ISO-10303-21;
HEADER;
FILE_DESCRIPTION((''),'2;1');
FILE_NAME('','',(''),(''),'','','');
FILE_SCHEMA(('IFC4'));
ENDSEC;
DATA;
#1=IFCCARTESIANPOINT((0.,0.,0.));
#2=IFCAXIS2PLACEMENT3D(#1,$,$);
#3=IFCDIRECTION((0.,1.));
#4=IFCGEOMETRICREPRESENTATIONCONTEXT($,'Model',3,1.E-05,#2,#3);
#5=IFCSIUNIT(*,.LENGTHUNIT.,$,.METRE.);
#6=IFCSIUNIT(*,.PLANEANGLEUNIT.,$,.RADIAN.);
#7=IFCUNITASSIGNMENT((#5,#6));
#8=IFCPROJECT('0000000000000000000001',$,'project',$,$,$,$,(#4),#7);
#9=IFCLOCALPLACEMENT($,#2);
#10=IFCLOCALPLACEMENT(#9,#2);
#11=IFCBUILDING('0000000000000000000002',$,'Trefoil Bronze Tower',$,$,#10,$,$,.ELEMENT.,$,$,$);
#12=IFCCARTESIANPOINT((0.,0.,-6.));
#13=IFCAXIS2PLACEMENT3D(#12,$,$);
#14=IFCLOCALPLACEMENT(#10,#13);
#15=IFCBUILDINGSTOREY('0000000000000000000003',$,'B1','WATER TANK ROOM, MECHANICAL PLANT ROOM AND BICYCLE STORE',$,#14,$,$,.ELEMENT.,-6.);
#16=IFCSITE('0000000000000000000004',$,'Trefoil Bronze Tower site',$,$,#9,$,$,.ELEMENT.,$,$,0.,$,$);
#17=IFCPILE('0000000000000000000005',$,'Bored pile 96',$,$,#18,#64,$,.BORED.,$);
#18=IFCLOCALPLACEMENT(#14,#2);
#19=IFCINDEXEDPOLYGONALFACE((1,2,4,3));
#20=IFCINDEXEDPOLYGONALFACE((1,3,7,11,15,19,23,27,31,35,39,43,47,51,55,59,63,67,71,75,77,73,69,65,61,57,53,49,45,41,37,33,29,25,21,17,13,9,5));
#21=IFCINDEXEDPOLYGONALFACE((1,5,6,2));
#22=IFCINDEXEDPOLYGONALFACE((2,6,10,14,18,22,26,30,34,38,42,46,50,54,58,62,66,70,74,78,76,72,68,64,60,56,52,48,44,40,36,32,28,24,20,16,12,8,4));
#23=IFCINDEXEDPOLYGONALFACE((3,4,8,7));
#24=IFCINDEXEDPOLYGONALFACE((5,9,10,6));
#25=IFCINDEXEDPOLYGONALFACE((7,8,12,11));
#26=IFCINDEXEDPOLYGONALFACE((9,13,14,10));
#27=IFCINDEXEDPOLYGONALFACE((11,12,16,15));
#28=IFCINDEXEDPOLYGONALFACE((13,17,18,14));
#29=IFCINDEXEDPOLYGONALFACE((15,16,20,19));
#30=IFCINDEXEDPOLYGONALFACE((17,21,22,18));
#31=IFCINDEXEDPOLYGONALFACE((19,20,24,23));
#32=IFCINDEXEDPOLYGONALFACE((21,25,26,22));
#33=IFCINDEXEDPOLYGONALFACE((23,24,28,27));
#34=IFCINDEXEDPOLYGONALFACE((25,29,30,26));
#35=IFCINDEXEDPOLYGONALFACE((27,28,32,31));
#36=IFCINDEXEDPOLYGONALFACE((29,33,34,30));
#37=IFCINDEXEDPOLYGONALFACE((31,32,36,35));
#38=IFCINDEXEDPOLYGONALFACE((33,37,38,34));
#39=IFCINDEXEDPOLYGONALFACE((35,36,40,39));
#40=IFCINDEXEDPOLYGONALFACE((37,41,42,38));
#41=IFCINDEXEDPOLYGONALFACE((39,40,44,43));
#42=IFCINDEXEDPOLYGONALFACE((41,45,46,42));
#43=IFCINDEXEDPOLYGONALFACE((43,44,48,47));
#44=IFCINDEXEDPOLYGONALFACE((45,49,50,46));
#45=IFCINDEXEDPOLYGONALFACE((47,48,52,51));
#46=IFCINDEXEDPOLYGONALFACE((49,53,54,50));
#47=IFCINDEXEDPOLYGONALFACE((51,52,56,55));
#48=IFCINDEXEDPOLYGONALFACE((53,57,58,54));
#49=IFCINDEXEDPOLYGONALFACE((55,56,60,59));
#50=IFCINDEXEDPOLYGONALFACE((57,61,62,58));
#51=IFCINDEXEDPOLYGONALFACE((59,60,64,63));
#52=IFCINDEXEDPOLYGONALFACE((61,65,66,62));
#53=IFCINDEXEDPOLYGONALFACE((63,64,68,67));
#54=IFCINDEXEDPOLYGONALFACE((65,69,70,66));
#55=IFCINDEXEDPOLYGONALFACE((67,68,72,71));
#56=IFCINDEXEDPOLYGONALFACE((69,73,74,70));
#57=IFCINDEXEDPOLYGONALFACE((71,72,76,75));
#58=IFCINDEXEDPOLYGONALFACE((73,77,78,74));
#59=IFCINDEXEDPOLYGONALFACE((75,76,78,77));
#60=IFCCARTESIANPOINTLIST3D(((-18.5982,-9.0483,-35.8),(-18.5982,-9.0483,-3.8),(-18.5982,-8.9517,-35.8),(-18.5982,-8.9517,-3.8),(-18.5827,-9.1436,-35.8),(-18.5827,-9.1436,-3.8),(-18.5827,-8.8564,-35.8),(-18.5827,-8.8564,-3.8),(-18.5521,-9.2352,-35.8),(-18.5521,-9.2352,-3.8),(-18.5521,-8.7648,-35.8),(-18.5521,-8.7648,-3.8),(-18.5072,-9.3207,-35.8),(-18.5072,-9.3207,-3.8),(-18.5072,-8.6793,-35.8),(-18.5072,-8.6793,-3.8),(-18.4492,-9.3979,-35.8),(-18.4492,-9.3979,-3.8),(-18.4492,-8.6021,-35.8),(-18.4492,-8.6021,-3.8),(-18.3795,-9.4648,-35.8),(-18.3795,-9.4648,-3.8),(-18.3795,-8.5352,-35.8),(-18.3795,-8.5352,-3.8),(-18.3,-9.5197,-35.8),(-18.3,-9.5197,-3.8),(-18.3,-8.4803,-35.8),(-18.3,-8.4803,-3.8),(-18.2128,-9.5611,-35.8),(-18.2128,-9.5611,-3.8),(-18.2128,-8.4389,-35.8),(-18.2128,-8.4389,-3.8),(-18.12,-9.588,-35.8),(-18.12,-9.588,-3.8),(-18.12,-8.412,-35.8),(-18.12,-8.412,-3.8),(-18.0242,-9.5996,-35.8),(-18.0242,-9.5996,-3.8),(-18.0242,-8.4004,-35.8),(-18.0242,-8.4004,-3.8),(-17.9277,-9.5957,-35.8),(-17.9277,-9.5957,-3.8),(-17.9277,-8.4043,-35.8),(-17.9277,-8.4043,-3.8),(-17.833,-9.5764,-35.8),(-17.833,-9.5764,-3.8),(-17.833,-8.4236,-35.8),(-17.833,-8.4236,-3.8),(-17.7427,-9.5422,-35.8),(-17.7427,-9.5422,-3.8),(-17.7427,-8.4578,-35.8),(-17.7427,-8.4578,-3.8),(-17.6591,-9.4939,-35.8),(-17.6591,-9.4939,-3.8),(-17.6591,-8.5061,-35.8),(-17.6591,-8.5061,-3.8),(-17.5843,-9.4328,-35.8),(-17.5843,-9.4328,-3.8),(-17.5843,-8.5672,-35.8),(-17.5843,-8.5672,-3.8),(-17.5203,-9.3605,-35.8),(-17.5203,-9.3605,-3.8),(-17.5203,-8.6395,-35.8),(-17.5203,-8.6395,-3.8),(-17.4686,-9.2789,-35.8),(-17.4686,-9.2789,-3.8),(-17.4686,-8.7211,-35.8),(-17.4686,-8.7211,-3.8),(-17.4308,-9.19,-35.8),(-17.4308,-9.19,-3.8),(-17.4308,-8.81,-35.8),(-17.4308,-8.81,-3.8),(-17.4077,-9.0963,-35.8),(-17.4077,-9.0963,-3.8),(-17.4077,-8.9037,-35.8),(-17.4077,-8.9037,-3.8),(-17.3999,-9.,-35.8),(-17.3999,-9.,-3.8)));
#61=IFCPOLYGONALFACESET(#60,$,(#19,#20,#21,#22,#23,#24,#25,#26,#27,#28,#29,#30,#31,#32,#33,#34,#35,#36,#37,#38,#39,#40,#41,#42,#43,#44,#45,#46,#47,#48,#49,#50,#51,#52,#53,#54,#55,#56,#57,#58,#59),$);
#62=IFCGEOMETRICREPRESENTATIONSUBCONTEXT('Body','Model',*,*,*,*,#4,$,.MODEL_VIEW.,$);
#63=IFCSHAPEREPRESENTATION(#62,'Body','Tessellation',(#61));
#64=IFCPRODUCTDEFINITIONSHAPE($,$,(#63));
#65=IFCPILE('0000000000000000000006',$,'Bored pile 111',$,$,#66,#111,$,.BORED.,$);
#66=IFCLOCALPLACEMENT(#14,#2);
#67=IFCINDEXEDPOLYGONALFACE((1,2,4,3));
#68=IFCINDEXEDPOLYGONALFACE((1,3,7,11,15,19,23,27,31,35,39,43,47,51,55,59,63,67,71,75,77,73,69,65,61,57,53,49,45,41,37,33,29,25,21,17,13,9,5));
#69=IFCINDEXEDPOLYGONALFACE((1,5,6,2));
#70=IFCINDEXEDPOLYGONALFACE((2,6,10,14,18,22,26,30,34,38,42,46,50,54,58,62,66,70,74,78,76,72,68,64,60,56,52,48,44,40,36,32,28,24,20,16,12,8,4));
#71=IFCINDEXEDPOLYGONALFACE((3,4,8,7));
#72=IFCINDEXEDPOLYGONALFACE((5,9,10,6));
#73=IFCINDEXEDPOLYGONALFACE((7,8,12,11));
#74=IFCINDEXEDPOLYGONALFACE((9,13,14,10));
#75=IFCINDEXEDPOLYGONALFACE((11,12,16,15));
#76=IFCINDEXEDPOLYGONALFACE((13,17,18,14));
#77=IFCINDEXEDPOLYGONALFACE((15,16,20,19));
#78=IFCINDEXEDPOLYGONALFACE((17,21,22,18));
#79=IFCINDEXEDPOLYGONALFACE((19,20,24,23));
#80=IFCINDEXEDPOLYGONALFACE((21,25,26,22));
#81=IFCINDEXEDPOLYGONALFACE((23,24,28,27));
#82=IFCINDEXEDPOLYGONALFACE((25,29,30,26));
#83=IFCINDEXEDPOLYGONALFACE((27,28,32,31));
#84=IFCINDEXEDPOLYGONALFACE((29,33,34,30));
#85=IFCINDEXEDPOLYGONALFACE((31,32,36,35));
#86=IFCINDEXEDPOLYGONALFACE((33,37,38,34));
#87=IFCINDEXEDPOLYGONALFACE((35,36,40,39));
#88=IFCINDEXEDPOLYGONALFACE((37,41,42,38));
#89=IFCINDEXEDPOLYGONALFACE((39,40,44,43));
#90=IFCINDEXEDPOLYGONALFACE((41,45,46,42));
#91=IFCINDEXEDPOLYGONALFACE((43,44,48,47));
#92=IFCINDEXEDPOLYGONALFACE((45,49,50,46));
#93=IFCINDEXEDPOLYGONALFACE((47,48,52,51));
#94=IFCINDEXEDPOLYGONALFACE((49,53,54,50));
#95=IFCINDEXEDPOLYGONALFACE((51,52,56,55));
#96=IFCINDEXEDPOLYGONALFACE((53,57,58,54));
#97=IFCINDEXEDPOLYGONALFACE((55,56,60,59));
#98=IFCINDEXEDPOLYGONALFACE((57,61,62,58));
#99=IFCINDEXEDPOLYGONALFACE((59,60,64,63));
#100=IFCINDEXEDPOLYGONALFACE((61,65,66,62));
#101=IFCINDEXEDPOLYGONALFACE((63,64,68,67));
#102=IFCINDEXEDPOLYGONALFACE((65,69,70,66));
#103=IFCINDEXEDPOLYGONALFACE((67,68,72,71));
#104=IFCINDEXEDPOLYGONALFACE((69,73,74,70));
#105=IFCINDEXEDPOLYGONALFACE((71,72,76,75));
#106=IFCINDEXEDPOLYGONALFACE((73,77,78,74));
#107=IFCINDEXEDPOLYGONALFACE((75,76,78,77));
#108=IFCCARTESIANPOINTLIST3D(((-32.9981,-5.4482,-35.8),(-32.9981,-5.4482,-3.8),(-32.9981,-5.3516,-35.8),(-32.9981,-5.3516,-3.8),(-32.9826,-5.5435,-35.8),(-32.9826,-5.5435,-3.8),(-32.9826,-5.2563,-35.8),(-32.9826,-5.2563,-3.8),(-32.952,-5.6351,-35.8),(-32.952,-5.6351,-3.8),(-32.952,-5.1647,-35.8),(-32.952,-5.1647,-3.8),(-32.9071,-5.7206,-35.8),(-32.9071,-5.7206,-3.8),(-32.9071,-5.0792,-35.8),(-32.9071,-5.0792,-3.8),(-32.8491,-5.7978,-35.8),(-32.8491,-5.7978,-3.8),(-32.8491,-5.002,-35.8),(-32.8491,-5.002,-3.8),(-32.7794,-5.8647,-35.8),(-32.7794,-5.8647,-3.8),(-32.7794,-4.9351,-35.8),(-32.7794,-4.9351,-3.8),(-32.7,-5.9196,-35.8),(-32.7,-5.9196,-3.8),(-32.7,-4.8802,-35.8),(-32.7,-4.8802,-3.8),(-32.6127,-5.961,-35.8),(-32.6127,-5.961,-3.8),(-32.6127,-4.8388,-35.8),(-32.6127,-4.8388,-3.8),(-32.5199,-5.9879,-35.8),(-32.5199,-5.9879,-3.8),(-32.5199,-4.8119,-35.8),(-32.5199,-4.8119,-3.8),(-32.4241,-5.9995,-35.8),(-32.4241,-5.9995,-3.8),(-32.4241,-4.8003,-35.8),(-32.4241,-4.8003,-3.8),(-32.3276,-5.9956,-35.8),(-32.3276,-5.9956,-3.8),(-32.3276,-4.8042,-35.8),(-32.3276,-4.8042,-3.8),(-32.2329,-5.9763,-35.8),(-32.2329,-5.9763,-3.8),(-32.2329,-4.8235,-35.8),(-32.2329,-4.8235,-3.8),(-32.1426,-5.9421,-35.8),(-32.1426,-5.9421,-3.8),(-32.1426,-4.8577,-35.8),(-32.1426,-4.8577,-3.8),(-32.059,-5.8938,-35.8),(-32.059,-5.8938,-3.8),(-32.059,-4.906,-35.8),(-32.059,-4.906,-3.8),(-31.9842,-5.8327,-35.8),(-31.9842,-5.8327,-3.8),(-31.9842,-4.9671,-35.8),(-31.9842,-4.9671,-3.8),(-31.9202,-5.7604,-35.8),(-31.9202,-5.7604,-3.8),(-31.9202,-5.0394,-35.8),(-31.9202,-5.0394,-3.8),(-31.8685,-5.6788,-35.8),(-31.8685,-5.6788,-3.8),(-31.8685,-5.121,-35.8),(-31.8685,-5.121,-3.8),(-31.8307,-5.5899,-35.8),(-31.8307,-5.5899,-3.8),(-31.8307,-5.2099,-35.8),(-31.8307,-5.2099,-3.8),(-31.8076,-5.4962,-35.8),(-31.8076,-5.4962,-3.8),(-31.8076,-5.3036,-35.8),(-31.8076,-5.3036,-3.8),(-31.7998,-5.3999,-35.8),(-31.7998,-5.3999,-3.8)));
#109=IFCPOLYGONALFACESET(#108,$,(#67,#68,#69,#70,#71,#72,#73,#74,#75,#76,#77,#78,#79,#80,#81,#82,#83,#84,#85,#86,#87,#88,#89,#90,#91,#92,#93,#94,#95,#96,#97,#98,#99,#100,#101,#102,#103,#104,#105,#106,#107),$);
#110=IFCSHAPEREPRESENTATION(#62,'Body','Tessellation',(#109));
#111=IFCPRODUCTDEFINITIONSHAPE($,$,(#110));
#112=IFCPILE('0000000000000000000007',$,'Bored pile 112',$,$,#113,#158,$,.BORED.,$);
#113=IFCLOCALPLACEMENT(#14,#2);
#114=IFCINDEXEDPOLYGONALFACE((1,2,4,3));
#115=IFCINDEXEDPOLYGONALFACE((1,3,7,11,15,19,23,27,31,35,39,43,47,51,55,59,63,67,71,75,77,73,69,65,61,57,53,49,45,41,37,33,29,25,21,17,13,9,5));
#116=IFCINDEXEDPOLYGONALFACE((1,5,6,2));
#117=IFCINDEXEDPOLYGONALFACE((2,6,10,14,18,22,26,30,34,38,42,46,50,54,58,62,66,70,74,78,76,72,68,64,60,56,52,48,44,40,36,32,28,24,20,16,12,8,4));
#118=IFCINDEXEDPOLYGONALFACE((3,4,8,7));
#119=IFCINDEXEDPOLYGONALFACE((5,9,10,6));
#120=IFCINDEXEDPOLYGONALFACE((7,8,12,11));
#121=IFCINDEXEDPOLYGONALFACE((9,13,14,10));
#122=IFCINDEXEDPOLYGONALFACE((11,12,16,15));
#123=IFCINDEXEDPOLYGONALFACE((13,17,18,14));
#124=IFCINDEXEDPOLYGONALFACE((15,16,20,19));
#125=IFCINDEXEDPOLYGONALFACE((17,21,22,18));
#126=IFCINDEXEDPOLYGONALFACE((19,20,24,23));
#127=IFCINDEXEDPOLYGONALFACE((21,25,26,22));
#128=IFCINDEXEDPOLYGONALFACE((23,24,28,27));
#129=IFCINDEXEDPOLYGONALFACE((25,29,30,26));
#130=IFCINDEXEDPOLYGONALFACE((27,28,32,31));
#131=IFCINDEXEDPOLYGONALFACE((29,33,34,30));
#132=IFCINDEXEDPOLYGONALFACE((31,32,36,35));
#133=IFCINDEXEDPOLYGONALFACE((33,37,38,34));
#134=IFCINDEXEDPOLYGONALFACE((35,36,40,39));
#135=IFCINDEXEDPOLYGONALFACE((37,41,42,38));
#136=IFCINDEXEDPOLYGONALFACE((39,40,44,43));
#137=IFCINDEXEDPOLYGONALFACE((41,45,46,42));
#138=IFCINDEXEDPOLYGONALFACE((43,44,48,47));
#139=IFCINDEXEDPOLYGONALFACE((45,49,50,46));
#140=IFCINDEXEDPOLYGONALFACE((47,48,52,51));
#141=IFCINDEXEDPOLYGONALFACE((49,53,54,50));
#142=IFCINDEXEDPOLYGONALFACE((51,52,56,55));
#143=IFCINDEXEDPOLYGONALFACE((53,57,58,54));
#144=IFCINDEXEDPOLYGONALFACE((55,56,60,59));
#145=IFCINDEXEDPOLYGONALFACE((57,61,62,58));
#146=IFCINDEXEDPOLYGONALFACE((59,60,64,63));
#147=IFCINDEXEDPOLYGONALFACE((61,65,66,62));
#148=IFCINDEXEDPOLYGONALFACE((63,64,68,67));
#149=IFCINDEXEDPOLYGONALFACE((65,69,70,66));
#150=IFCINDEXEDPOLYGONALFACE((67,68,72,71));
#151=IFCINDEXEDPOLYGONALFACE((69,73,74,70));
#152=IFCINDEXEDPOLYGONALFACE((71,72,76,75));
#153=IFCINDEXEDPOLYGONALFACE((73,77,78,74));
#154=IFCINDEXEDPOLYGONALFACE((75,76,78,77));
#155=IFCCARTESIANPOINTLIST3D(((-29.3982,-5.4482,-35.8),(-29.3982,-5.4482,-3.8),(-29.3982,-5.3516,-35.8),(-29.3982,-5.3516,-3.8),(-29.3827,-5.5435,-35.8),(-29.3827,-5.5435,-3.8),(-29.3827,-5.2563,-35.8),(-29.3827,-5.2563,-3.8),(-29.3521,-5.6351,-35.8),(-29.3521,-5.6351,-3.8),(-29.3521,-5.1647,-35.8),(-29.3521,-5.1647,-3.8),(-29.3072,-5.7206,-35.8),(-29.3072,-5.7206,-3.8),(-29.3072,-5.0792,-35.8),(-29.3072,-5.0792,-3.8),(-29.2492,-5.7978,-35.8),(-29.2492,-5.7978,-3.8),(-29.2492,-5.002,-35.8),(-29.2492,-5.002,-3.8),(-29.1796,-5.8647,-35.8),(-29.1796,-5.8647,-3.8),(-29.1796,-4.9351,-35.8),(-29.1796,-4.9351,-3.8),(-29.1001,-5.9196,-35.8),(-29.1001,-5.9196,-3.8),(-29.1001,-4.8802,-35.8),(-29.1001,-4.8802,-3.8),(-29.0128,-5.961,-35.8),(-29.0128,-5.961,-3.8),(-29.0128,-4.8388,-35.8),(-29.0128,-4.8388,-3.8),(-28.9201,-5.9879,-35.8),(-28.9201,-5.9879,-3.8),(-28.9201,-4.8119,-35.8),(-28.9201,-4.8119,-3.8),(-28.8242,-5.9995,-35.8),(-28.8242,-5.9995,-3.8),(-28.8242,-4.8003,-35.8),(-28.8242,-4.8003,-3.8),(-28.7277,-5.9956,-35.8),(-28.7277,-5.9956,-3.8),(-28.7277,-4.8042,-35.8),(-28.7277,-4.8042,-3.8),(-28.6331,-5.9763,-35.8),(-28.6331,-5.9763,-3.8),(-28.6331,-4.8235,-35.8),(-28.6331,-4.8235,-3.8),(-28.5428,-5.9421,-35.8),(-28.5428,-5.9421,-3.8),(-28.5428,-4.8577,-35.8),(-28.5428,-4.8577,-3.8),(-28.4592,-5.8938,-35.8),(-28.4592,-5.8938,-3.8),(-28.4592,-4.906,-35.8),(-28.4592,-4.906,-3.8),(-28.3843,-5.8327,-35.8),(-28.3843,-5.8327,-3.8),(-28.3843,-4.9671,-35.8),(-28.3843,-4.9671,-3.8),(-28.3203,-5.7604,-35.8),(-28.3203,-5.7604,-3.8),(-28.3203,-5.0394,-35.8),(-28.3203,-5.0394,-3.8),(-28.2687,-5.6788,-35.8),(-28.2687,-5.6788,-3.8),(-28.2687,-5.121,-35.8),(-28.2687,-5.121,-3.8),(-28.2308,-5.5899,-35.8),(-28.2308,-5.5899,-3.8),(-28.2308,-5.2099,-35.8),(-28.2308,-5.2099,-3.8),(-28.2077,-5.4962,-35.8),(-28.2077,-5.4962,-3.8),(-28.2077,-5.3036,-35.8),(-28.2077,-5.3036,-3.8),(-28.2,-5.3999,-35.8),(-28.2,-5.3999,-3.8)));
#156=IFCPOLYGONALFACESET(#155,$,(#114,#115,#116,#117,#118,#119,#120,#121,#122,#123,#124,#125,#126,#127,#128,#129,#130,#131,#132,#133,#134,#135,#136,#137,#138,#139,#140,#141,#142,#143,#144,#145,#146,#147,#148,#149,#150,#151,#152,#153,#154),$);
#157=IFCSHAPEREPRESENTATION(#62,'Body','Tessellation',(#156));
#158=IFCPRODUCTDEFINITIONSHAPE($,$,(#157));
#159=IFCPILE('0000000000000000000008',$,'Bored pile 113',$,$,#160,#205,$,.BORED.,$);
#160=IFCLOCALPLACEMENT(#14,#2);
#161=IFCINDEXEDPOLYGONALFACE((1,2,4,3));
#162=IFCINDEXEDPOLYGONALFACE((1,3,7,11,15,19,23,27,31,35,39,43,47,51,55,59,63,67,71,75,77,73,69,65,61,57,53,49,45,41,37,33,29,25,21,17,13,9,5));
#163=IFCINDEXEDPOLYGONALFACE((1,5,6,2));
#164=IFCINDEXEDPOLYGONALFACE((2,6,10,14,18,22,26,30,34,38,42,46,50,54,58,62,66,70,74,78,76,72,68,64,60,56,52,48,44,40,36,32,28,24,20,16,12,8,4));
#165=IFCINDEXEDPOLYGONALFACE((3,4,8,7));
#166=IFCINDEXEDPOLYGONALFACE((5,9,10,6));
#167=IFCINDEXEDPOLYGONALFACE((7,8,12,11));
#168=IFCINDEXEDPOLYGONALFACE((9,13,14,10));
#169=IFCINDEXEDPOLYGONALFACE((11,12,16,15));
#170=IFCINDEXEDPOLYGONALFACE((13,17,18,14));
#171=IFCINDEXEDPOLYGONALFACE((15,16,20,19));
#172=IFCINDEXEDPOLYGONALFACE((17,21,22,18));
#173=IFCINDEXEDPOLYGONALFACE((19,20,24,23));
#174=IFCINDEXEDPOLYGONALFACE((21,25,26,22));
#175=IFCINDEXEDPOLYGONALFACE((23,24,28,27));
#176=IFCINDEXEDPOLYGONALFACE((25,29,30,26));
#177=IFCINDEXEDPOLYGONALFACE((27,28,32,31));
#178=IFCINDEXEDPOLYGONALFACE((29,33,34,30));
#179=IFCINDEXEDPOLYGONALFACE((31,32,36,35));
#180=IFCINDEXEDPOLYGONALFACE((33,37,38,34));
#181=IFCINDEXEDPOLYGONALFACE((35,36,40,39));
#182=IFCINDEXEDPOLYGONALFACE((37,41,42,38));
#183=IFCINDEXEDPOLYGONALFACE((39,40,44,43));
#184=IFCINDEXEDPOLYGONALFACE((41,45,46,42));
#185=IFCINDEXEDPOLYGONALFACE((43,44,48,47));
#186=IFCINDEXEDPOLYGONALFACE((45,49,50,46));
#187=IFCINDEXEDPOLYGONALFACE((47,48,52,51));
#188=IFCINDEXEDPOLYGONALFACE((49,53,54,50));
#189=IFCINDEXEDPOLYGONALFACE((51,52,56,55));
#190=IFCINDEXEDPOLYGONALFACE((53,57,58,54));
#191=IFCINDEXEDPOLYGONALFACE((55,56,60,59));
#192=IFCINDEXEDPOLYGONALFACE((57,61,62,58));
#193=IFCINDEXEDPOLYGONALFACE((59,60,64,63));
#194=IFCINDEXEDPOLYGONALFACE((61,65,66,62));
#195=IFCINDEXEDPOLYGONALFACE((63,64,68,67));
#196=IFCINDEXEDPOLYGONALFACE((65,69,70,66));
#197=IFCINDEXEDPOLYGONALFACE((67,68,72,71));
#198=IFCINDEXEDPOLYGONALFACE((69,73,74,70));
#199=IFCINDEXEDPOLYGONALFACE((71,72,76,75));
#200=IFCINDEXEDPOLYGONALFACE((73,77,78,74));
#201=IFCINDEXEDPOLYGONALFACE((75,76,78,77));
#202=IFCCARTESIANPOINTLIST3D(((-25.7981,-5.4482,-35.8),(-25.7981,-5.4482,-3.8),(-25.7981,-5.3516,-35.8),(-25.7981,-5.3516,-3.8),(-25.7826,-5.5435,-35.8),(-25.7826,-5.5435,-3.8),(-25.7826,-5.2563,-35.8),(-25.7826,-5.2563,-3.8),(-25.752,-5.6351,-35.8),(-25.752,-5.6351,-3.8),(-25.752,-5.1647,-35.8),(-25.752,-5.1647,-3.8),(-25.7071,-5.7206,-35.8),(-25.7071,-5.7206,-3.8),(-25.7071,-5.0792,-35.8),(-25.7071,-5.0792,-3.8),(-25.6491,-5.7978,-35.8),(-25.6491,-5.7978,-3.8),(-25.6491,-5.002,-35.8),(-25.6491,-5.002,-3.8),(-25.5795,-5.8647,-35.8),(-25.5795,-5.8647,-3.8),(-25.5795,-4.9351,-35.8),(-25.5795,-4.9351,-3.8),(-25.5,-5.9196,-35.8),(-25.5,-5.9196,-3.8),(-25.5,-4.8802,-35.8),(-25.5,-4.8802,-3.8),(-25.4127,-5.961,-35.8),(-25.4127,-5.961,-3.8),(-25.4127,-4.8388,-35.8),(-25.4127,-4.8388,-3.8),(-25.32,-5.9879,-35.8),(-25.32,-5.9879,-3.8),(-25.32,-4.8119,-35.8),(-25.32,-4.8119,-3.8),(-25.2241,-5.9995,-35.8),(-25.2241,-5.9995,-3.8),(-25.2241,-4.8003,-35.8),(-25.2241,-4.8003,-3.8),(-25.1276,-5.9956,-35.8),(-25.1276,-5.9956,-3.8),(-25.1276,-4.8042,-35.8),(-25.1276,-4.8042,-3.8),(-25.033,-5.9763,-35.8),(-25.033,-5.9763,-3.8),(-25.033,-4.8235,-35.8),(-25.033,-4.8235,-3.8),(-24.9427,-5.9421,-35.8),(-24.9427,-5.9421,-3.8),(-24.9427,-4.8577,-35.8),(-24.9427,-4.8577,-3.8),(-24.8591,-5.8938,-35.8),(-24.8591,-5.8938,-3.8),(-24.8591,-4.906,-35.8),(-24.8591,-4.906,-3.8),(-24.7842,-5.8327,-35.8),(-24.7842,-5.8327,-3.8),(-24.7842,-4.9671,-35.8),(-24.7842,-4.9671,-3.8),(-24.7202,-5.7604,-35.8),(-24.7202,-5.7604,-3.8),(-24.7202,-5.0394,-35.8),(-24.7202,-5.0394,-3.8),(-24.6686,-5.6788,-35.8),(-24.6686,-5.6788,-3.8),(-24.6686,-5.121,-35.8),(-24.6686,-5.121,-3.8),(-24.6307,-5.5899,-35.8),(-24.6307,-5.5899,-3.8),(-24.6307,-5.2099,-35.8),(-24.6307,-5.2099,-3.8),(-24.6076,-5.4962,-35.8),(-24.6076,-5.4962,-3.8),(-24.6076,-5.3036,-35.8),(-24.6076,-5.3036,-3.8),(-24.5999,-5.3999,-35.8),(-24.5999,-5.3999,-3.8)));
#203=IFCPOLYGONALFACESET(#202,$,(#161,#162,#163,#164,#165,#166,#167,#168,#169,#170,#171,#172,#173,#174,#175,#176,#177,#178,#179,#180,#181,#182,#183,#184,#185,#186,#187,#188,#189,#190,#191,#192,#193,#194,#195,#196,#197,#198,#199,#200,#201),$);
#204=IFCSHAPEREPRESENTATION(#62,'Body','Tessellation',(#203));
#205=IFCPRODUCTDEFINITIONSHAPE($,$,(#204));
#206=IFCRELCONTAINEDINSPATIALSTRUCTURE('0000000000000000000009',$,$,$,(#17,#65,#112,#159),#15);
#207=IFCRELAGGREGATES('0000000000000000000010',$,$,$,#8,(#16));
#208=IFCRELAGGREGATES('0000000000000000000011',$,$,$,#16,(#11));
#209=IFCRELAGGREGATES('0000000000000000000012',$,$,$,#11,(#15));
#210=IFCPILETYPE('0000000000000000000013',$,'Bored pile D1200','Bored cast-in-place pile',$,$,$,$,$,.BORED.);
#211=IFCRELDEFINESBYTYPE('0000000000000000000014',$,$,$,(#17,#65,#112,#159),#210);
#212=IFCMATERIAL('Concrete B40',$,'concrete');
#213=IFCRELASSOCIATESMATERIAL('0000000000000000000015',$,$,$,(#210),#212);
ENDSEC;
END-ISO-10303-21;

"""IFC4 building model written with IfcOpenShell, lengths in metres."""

from ifc_helpers import new_model, si_unit, direction, frame, origin, origin_2d, place, context, subcontext, project, spatial, circle, extrude, material, type_object, element, save


model = new_model("IFC4")

# Units and contexts
model_context = context("Model", 3, precision=1e-05, world=origin(), true_north=direction((0.0, 1.0)))
body_context = subcontext(model_context, "Body", "Model", "MODEL_VIEW")
ifc_project = project(units=[si_unit("LENGTHUNIT", "METRE"), si_unit("PLANEANGLEUNIT", "RADIAN")], contexts=[model_context])

# Site, building, storey
site_placement = place(None, origin())
site = spatial("IfcSite", under=ifc_project, at=site_placement, Name="Trefoil Bronze Tower site", CompositionType="ELEMENT", RefElevation=0.0)
building_placement = place(site_placement, origin())
building = spatial("IfcBuilding", under=site, at=building_placement, Name="Trefoil Bronze Tower", CompositionType="ELEMENT")
storey_placement = place(building_placement, frame((0.0, 0.0, -6.0)))
storey = spatial("IfcBuildingStorey", under=building, at=storey_placement, Name="B1", Description="WATER TANK ROOM, MECHANICAL PLANT ROOM AND BICYCLE STORE", CompositionType="ELEMENT", Elevation=-6.0)

# Piles
ifc_material_1 = material(Name="Concrete B40", Category="concrete")
pile_type = type_object("IfcPileType", Name="Bored pile D1200", Description="Bored cast-in-place pile", PredefinedType="BORED", material=ifc_material_1)
for number, where, z_axis, x_axis, name in (
    (1, (-18.0, -9.0, -3.8), (0.0, 0.0, -1.0), (1.0, 0.0, 0.0), "Bored pile 96"),
    (2, (-32.3999, -5.3999, -3.8), (0.0, 0.0, -1.0), (1.0, 0.0, 0.0), "Bored pile 111"),
    (3, (-28.8, -5.3999, -3.8), (0.0, 0.0, -1.0), (1.0, 0.0, 0.0), "Bored pile 112"),
    (4, (-25.2, -5.3999, -3.8), (0.0, 0.0, -1.0), (1.0, 0.0, 0.0), "Bored pile 113"),
):
    element("IfcPile", number, at=place(storey_placement, frame(where, z_axis=z_axis, x_axis=x_axis)), inside=storey, type_object=pile_type, Name=name, PredefinedType="BORED", context=body_context, shape_type="SweptSolid", body=[
        extrude(circle(Radius=0.6001, at=origin_2d()), origin(), (0.0, 0.0, 1.0), 32.0),
    ])

save(model, "model.ifc")
